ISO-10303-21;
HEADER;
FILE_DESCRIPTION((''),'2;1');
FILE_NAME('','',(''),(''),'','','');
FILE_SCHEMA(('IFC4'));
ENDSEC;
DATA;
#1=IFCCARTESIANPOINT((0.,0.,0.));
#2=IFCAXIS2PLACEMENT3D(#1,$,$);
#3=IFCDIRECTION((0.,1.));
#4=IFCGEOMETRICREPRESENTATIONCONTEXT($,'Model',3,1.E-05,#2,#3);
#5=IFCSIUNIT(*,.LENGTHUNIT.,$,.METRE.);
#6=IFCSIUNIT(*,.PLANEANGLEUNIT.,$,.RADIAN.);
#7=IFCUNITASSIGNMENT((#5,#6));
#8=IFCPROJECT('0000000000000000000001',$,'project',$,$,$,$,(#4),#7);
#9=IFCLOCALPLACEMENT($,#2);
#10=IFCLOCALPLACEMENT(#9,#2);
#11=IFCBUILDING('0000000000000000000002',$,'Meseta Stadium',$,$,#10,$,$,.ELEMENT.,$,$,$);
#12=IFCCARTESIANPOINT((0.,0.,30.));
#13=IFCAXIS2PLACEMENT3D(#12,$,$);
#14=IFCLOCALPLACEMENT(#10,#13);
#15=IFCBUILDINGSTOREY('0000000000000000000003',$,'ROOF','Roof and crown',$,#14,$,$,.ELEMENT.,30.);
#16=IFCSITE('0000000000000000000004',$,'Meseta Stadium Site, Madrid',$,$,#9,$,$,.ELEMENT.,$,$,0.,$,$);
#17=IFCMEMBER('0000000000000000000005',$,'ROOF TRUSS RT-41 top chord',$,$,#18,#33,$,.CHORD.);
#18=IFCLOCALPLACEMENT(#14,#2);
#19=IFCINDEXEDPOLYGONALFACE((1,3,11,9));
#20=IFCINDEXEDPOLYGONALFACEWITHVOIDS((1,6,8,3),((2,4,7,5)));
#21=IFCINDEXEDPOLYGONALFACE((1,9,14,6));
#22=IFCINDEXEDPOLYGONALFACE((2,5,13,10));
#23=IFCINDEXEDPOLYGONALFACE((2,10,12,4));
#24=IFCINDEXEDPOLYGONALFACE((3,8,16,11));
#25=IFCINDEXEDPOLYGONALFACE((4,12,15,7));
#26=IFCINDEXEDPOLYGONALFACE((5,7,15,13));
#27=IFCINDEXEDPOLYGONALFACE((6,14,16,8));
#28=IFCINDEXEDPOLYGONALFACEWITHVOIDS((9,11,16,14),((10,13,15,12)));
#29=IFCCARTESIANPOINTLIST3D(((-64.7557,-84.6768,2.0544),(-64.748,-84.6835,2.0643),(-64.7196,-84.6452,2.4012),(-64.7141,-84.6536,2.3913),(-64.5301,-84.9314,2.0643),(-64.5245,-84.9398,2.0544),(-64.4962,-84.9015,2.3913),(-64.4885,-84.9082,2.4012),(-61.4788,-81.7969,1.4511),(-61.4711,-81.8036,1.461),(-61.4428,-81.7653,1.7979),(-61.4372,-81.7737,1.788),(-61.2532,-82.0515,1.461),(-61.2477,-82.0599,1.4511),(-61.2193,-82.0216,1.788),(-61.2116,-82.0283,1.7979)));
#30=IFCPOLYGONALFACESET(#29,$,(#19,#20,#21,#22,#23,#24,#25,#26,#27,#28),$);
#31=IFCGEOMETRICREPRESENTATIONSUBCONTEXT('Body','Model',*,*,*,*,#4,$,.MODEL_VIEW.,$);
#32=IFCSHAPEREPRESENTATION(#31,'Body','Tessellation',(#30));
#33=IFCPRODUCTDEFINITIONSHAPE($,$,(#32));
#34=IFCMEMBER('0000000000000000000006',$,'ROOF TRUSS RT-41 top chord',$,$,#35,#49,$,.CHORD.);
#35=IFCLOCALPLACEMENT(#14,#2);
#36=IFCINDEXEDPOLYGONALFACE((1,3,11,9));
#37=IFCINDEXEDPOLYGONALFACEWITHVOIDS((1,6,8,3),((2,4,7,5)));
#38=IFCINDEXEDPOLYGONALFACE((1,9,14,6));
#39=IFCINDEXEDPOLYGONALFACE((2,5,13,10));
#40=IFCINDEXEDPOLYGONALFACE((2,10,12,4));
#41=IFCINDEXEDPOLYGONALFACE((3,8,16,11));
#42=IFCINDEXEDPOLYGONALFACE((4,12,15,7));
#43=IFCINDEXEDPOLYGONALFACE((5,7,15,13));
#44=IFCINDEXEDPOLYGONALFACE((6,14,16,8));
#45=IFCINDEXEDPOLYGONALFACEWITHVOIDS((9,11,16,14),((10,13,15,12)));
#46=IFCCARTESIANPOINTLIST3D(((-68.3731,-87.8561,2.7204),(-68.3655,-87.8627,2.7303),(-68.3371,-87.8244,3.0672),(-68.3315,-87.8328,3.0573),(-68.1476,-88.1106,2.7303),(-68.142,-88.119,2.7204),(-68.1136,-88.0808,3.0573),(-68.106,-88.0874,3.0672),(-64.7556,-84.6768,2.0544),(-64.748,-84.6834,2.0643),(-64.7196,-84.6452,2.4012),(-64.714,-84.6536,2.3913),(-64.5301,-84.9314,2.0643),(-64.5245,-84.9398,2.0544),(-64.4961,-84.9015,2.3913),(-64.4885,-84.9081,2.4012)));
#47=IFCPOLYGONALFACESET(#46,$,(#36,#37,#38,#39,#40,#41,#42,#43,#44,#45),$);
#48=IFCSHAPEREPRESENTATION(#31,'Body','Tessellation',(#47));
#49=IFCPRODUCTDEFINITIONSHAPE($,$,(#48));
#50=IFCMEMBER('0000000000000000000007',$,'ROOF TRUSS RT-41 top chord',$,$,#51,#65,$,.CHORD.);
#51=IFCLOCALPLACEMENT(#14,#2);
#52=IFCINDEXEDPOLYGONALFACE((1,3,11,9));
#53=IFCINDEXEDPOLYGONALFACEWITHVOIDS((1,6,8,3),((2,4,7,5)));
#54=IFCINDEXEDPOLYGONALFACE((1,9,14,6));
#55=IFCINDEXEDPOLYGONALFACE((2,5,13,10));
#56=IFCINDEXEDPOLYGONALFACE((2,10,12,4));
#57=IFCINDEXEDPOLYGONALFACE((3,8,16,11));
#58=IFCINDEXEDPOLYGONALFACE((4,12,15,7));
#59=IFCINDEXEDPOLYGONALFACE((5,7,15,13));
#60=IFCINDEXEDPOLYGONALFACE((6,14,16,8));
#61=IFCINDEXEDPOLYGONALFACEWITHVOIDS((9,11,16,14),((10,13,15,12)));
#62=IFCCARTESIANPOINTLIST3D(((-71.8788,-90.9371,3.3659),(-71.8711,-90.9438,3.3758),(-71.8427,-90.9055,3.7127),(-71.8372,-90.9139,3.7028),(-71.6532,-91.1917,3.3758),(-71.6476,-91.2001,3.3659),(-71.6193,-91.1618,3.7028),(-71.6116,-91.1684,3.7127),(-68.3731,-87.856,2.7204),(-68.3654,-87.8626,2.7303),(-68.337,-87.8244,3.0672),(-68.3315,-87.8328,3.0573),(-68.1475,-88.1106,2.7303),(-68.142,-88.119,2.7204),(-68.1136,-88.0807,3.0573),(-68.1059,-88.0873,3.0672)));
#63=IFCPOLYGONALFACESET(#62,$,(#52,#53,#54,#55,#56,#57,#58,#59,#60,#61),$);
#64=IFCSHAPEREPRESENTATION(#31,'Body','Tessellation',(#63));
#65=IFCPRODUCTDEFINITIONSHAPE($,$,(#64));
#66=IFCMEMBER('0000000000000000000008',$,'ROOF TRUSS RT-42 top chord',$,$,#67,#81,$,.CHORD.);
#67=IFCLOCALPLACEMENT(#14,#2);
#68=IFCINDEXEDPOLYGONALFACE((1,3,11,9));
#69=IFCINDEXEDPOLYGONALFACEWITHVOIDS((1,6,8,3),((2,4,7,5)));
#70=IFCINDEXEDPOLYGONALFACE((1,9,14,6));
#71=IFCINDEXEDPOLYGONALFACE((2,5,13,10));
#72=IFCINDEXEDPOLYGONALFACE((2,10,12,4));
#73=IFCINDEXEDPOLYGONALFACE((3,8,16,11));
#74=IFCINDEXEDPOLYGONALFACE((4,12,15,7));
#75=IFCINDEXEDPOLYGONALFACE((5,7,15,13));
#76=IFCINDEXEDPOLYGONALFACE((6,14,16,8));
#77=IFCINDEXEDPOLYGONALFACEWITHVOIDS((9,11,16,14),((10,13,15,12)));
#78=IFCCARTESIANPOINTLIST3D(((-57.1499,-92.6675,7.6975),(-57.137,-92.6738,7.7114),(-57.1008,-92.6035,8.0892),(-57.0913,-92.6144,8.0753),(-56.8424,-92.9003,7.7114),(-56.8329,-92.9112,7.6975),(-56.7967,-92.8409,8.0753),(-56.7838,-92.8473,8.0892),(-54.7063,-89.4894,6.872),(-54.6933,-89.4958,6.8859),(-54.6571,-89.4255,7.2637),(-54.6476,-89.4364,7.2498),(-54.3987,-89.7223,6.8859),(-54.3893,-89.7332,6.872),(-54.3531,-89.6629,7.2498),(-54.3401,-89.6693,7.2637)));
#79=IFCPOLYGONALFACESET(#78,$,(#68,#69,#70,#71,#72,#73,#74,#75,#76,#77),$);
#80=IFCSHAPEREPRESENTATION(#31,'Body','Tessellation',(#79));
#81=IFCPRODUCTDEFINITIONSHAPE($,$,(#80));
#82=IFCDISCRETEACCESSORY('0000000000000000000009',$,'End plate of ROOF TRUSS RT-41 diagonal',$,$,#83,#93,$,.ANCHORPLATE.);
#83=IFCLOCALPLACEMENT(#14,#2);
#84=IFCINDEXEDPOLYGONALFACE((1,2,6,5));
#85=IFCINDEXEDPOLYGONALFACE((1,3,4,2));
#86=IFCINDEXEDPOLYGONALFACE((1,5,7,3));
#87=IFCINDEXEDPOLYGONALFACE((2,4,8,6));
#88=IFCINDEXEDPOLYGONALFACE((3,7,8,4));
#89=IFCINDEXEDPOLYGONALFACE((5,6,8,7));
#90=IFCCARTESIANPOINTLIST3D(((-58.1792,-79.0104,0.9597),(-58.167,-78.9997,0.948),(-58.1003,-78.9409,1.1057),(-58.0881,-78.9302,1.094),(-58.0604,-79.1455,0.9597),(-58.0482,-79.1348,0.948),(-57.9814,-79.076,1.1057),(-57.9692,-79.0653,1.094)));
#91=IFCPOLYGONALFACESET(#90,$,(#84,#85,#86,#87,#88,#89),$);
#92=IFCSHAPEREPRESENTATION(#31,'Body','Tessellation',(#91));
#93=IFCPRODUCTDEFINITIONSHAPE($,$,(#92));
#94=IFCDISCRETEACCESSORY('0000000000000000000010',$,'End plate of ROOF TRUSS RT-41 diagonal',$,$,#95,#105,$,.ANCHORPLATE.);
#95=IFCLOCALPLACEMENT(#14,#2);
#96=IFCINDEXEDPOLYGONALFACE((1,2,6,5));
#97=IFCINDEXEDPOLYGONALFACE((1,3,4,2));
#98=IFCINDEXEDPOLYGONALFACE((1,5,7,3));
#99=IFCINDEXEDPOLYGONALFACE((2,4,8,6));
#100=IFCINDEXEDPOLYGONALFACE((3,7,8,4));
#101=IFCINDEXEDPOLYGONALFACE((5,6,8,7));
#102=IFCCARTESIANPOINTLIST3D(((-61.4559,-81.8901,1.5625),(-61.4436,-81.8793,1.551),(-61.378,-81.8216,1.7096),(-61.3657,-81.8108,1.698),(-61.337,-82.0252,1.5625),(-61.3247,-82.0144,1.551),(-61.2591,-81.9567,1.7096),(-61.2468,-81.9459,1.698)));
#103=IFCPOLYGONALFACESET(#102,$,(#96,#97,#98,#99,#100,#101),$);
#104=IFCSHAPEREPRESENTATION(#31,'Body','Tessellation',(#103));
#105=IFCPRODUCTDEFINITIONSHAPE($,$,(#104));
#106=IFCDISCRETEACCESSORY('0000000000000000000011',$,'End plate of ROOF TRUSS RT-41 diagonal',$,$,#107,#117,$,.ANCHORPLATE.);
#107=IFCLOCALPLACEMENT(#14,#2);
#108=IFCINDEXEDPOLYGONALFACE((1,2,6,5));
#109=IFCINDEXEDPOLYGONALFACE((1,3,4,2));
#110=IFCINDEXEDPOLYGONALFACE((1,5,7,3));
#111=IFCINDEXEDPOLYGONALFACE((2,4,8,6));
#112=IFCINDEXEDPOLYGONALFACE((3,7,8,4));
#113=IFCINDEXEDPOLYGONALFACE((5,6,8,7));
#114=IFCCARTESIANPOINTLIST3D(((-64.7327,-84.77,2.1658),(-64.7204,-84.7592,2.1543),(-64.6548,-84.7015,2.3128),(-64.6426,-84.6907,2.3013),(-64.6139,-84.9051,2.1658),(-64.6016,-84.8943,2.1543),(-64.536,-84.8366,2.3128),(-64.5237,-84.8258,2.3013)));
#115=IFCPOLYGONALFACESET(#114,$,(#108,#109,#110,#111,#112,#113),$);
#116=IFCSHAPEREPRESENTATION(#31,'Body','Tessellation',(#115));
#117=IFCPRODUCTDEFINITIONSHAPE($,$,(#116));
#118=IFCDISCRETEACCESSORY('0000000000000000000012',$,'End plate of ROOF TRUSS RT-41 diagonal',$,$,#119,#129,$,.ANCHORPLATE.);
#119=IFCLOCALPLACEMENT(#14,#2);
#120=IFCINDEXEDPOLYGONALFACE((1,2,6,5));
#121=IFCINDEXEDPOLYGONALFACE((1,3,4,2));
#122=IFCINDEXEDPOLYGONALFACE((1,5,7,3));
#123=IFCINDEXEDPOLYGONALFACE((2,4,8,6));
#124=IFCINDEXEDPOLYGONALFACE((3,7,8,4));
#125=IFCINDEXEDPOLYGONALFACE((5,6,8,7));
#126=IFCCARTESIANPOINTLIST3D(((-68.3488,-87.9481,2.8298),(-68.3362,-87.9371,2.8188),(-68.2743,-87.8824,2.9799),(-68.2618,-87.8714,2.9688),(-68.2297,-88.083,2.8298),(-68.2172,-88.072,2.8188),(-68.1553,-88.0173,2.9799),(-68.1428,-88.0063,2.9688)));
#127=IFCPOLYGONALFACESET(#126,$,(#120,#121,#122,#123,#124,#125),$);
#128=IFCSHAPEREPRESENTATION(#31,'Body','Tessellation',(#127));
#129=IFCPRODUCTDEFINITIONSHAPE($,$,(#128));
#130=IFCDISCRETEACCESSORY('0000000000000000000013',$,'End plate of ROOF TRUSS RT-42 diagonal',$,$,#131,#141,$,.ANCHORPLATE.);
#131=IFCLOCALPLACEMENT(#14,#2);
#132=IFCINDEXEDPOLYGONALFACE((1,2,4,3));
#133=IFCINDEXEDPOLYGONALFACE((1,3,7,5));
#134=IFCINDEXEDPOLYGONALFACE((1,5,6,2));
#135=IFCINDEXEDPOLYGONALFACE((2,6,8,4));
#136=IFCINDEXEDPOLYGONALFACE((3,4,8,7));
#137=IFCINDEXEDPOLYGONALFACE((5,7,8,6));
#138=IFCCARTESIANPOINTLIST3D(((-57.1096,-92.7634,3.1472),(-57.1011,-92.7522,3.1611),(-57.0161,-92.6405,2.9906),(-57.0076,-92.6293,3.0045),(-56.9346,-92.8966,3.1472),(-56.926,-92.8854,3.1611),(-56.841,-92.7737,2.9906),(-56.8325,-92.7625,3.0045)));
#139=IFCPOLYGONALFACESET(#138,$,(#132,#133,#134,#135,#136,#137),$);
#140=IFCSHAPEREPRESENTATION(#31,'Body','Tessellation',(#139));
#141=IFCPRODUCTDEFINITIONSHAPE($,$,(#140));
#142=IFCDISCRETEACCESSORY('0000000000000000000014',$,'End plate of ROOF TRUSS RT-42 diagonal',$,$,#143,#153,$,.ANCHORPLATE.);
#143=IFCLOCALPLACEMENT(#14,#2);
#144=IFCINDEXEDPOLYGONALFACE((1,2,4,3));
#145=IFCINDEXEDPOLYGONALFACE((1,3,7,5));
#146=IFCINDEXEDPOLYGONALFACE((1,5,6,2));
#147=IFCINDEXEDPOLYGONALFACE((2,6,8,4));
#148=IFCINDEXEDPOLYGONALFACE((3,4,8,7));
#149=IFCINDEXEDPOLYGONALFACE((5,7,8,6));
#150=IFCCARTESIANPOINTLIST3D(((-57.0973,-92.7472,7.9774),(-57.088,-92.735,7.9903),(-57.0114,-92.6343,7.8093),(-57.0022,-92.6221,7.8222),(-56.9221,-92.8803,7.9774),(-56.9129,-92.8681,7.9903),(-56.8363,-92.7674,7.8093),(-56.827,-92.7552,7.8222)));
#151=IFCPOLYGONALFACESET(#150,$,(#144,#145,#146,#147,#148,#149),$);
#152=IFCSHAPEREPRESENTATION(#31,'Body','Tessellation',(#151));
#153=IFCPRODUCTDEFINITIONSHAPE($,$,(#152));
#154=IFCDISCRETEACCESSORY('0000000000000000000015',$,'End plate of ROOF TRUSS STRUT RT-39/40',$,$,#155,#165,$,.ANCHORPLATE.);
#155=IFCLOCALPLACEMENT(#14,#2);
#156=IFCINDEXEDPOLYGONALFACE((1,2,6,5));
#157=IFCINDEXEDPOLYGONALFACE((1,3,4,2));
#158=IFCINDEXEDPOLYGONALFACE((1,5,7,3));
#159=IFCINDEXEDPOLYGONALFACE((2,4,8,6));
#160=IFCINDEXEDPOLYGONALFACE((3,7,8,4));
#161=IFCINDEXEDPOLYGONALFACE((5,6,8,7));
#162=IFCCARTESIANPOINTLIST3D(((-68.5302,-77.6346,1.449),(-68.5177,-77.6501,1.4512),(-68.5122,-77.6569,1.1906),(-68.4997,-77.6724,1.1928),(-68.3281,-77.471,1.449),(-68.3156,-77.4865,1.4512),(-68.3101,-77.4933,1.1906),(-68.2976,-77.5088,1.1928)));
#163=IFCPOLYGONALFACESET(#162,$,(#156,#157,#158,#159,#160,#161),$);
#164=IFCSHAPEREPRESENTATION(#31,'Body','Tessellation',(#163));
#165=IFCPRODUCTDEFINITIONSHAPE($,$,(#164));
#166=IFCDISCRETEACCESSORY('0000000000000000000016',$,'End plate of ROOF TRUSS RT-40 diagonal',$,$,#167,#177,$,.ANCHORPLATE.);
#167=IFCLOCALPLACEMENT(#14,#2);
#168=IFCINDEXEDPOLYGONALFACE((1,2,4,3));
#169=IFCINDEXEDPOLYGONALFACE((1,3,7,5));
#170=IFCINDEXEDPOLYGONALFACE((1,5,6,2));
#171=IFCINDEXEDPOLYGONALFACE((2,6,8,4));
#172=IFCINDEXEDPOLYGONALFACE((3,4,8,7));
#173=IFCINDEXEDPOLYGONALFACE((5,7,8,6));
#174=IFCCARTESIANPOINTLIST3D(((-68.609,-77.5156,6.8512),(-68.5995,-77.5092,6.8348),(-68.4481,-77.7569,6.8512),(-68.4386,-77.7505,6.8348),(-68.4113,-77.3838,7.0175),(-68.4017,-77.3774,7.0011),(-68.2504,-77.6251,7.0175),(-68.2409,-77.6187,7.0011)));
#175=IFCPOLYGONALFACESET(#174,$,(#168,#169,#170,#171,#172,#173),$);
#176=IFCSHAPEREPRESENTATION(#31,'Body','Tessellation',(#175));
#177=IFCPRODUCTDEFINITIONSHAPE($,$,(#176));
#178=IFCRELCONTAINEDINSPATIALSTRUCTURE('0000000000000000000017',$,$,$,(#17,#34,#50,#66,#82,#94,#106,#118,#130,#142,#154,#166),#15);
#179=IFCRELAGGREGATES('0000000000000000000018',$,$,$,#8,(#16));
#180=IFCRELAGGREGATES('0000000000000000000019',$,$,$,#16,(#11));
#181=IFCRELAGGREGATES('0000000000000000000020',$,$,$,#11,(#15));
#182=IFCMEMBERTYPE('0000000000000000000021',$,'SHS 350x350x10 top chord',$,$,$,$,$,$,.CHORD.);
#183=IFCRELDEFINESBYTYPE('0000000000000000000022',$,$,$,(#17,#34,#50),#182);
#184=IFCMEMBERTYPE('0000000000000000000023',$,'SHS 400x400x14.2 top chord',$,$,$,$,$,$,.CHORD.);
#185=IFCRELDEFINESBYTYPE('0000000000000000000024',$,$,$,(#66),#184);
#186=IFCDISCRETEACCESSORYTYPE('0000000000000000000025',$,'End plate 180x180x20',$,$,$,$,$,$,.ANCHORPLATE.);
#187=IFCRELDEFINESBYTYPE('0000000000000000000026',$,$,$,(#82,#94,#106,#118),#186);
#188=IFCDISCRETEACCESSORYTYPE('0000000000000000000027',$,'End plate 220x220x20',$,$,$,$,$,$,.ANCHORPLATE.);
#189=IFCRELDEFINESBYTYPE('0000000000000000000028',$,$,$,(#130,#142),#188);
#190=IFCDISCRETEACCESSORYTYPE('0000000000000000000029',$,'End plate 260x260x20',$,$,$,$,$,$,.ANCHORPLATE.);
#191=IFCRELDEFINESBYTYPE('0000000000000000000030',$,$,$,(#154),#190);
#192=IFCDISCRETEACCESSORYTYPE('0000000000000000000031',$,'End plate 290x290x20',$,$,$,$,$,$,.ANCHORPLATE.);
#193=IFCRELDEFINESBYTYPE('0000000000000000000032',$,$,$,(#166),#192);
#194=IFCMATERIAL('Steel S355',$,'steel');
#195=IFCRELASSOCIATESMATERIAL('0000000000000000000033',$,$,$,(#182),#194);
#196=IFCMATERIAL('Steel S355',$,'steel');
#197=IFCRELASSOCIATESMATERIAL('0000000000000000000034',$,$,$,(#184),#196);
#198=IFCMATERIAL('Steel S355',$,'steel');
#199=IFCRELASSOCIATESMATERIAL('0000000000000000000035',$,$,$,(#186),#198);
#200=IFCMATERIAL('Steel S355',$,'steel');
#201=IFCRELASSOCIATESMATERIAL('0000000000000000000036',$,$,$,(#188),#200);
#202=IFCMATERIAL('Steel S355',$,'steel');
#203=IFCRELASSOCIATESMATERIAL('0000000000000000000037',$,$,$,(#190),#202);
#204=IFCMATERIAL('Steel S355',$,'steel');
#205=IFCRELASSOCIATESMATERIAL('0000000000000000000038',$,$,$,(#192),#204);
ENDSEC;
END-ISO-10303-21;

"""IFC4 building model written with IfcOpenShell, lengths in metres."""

from ifc_helpers import new_model, si_unit, direction, frame, origin, origin_2d, place, context, subcontext, project, spatial, rectangle, hollow_rectangle, extrude, material, material_profile, profile_set, type_object, element, save


model = new_model("IFC4")

# Units and contexts
model_context = context("Model", 3, precision=1e-05, world=origin(), true_north=direction((0.0, 1.0)))
body_context = subcontext(model_context, "Body", "Model", "MODEL_VIEW")
ifc_project = project(units=[si_unit("LENGTHUNIT", "METRE"), si_unit("PLANEANGLEUNIT", "RADIAN")], contexts=[model_context])

# Site, building, storey
site_placement = place(None, origin())
site = spatial("IfcSite", under=ifc_project, at=site_placement, Name="Meseta Stadium Site, Madrid", CompositionType="ELEMENT", RefElevation=0.0)
building_placement = place(site_placement, origin())
building = spatial("IfcBuilding", under=site, at=building_placement, Name="Meseta Stadium", CompositionType="ELEMENT")
storey_placement = place(building_placement, frame((0.0, 0.0, 30.0)))
storey = spatial("IfcBuildingStorey", under=building, at=storey_placement, Name="ROOF", Description="Roof and crown", CompositionType="ELEMENT", Elevation=30.0)

# Members
ifc_material_1 = material(Name="Steel S355", Category="steel")
ifc_material_profile_1 = material_profile(ifc_material_1, hollow_rectangle(XDim=0.3501, YDim=0.3501, WallThickness=0.01, at=origin_2d()), Name="SHS 350x350x10")
ifc_profile_set_1 = profile_set([ifc_material_profile_1], Name="Steel S355")
member_type_1 = type_object("IfcMemberType", Name="SHS 350x350x10 top chord", PredefinedType="CHORD", material=ifc_profile_set_1)
member_1_placement = place(storey_placement, frame((-61.3452, -81.9126, 1.6245), z_axis=(-0.744059, -0.653921, 0.136982), x_axis=(0.660143, -0.75114, 0.0)))
element("IfcMember", 1, at=member_1_placement, inside=storey, type_object=member_type_1, Name="ROOF TRUSS RT-41 top chord", PredefinedType="CHORD", context=body_context, shape_type="SweptSolid", body=[
    extrude(hollow_rectangle(XDim=0.3501, YDim=0.3501, WallThickness=0.01, at=origin_2d()), origin(), (0.0, 0.0, 1.0), 4.4041),
])
member_2_placement = place(storey_placement, frame((-64.6221, -84.7925, 2.2278), z_axis=(-0.744058, -0.65392, 0.136991), x_axis=(0.660143, -0.75114, 0.0)))
element("IfcMember", 2, at=member_2_placement, inside=storey, type_object=member_type_1, Name="ROOF TRUSS RT-41 top chord", PredefinedType="CHORD", context=body_context, shape_type="SweptSolid", body=[
    extrude(hollow_rectangle(XDim=0.3501, YDim=0.3501, WallThickness=0.01, at=origin_2d()), origin(), (0.0, 0.0, 1.0), 4.8618),
])
member_3_placement = place(storey_placement, frame((-68.2395, -87.9717, 2.8938), z_axis=(-0.744044, -0.653933, 0.137005), x_axis=(0.660158, -0.751126, 0.0)))
element("IfcMember", 3, at=member_3_placement, inside=storey, type_object=member_type_1, Name="ROOF TRUSS RT-41 top chord", PredefinedType="CHORD", context=body_context, shape_type="SweptSolid", body=[
    extrude(hollow_rectangle(XDim=0.3501, YDim=0.3501, WallThickness=0.01, at=origin_2d()), origin(), (0.0, 0.0, 1.0), 4.7117),
])
ifc_material_2 = material(Name="Steel S355", Category="steel")
ifc_material_profile_2 = material_profile(ifc_material_2, hollow_rectangle(XDim=0.3999, YDim=0.3999, WallThickness=0.0142, at=origin_2d()), Name="SHS 400x400x14.2")
ifc_profile_set_2 = profile_set([ifc_material_profile_2], Name="Steel S355")
member_type_2 = type_object("IfcMemberType", Name="SHS 400x400x14.2 top chord", PredefinedType="CHORD", material=ifc_profile_set_2)
member_4_placement = place(storey_placement, frame((-54.5232, -89.5793, 7.0679), z_axis=(-0.59703, -0.776455, 0.201674), x_axis=(0.792744, -0.609555, 0.0)))
element("IfcMember", 4, at=member_4_placement, inside=storey, type_object=member_type_2, Name="ROOF TRUSS RT-42 top chord", PredefinedType="CHORD", context=body_context, shape_type="SweptSolid", body=[
    extrude(hollow_rectangle(XDim=0.3999, YDim=0.3999, WallThickness=0.0142, at=origin_2d()), origin(), (0.0, 0.0, 1.0), 4.093),
])

# Discrete accessories
ifc_material_3 = material(Name="Steel S355", Category="steel")
ifc_material_profile_3 = material_profile(ifc_material_3, rectangle(XDim=0.1799, YDim=0.1799, at=origin_2d()), Name="PL 180x180")
ifc_profile_set_3 = profile_set([ifc_material_profile_3], Name="Steel S355")
discrete_accessory_type_1 = type_object("IfcDiscreteAccessoryType", Name="End plate 180x180x20", PredefinedType="ANCHORPLATE", material=ifc_profile_set_3)
for number, where, z_axis, x_axis, name in (
    (5, (-58.0681, -79.0325, 1.021), (-0.609032, -0.535948, 0.584671), (0.660628, -0.750714, 0.0), "End plate of ROOF TRUSS RT-41 diagonal"),
    (6, (-61.3452, -81.9126, 1.6245), (-0.61337, -0.539766, 0.576568), (0.660628, -0.750714, 0.0), "End plate of ROOF TRUSS RT-41 diagonal"),
    (7, (-64.6221, -84.7925, 2.2278), (-0.61337, -0.539766, 0.576568), (0.660628, -0.750714, 0.0), "End plate of ROOF TRUSS RT-41 diagonal"),
    (8, (-68.2395, -87.9717, 2.8938), (-0.625355, -0.551784, 0.551784), (0.661622, -0.749838, 0.0), "End plate of ROOF TRUSS RT-41 diagonal"),
):
    element("IfcDiscreteAccessory", number, at=place(storey_placement, frame(where, z_axis=z_axis, x_axis=x_axis)), inside=storey, type_object=discrete_accessory_type_1, Name=name, PredefinedType="ANCHORPLATE", context=body_context, shape_type="SweptSolid", body=[
        extrude(rectangle(XDim=0.1799, YDim=0.1799, at=origin_2d()), origin(), (0.0, 0.0, 1.0), 0.02),
    ])
ifc_material_4 = material(Name="Steel S355", Category="steel")
ifc_material_profile_4 = material_profile(ifc_material_4, rectangle(XDim=0.22, YDim=0.22, at=origin_2d()), Name="PL 220x220")
ifc_profile_set_4 = profile_set([ifc_material_profile_4], Name="Steel S355")
discrete_accessory_type_2 = type_object("IfcDiscreteAccessoryType", Name="End plate 220x220x20", PredefinedType="ANCHORPLATE", material=ifc_profile_set_4)
discrete_accessory_1_placement = place(storey_placement, frame((-56.9668, -92.7573, 3.0828), z_axis=(-0.431147, -0.56665, -0.702154), x_axis=(0.795829, -0.605522, 0.0)))
element("IfcDiscreteAccessory", 9, at=discrete_accessory_1_placement, inside=storey, type_object=discrete_accessory_type_2, Name="End plate of ROOF TRUSS RT-42 diagonal", PredefinedType="ANCHORPLATE", context=body_context, shape_type="SweptSolid", body=[
    extrude(rectangle(XDim=0.22, YDim=0.22, at=origin_2d()), origin(), (0.0, 0.0, 1.0), 0.0198),
])
discrete_accessory_2_placement = place(storey_placement, frame((-56.9575, -92.7451, 7.9062), z_axis=(-0.462419, -0.608445, -0.644952), x_axis=(0.796162, -0.605083, 0.0)))
element("IfcDiscreteAccessory", 10, at=discrete_accessory_2_placement, inside=storey, type_object=discrete_accessory_type_2, Name="End plate of ROOF TRUSS RT-42 diagonal", PredefinedType="ANCHORPLATE", context=body_context, shape_type="SweptSolid", body=[
    extrude(rectangle(XDim=0.22, YDim=0.22, at=origin_2d()), origin(), (0.0, 0.0, 1.0), 0.02),
])
ifc_material_5 = material(Name="Steel S355", Category="steel")
ifc_material_profile_5 = material_profile(ifc_material_5, rectangle(XDim=0.26, YDim=0.26, at=origin_2d()), Name="PL 260x260")
ifc_profile_set_5 = profile_set([ifc_material_profile_5], Name="Steel S355")
discrete_accessory_type_3 = type_object("IfcDiscreteAccessoryType", Name="End plate 260x260x20", PredefinedType="ANCHORPLATE", material=ifc_profile_set_5)
discrete_accessory_3_placement = place(storey_placement, frame((-68.4202, -77.564, 1.3198), z_axis=(0.625355, -0.772497, 0.110357), x_axis=(0.777245, 0.629198, 0.0)))
element("IfcDiscreteAccessory", 11, at=discrete_accessory_3_placement, inside=storey, type_object=discrete_accessory_type_3, Name="End plate of ROOF TRUSS STRUT RT-39/40", PredefinedType="ANCHORPLATE", context=body_context, shape_type="SweptSolid", body=[
    extrude(rectangle(XDim=0.26, YDim=0.26, at=origin_2d()), origin(), (0.0, 0.0, 1.0), 0.02),
])
ifc_material_6 = material(Name="Steel S355", Category="steel")
ifc_material_profile_6 = material_profile(ifc_material_6, rectangle(XDim=0.29, YDim=0.29, at=origin_2d()), Name="PL 290x290")
ifc_profile_set_6 = profile_set([ifc_material_profile_6], Name="Steel S355")
discrete_accessory_type_4 = type_object("IfcDiscreteAccessoryType", Name="End plate 290x290x20", PredefinedType="ANCHORPLATE", material=ifc_profile_set_6)
discrete_accessory_4_placement = place(storey_placement, frame((-68.4202, -77.564, 6.918), z_axis=(-0.476959, -0.317973, 0.819392), x_axis=(0.5547, -0.83205, 0.0)))
element("IfcDiscreteAccessory", 12, at=discrete_accessory_4_placement, inside=storey, type_object=discrete_accessory_type_4, Name="End plate of ROOF TRUSS RT-40 diagonal", PredefinedType="ANCHORPLATE", context=body_context, shape_type="SweptSolid", body=[
    extrude(rectangle(XDim=0.29, YDim=0.29, at=origin_2d()), origin(), (0.0, 0.0, 1.0), 0.02),
])

save(model, "model.ifc")
